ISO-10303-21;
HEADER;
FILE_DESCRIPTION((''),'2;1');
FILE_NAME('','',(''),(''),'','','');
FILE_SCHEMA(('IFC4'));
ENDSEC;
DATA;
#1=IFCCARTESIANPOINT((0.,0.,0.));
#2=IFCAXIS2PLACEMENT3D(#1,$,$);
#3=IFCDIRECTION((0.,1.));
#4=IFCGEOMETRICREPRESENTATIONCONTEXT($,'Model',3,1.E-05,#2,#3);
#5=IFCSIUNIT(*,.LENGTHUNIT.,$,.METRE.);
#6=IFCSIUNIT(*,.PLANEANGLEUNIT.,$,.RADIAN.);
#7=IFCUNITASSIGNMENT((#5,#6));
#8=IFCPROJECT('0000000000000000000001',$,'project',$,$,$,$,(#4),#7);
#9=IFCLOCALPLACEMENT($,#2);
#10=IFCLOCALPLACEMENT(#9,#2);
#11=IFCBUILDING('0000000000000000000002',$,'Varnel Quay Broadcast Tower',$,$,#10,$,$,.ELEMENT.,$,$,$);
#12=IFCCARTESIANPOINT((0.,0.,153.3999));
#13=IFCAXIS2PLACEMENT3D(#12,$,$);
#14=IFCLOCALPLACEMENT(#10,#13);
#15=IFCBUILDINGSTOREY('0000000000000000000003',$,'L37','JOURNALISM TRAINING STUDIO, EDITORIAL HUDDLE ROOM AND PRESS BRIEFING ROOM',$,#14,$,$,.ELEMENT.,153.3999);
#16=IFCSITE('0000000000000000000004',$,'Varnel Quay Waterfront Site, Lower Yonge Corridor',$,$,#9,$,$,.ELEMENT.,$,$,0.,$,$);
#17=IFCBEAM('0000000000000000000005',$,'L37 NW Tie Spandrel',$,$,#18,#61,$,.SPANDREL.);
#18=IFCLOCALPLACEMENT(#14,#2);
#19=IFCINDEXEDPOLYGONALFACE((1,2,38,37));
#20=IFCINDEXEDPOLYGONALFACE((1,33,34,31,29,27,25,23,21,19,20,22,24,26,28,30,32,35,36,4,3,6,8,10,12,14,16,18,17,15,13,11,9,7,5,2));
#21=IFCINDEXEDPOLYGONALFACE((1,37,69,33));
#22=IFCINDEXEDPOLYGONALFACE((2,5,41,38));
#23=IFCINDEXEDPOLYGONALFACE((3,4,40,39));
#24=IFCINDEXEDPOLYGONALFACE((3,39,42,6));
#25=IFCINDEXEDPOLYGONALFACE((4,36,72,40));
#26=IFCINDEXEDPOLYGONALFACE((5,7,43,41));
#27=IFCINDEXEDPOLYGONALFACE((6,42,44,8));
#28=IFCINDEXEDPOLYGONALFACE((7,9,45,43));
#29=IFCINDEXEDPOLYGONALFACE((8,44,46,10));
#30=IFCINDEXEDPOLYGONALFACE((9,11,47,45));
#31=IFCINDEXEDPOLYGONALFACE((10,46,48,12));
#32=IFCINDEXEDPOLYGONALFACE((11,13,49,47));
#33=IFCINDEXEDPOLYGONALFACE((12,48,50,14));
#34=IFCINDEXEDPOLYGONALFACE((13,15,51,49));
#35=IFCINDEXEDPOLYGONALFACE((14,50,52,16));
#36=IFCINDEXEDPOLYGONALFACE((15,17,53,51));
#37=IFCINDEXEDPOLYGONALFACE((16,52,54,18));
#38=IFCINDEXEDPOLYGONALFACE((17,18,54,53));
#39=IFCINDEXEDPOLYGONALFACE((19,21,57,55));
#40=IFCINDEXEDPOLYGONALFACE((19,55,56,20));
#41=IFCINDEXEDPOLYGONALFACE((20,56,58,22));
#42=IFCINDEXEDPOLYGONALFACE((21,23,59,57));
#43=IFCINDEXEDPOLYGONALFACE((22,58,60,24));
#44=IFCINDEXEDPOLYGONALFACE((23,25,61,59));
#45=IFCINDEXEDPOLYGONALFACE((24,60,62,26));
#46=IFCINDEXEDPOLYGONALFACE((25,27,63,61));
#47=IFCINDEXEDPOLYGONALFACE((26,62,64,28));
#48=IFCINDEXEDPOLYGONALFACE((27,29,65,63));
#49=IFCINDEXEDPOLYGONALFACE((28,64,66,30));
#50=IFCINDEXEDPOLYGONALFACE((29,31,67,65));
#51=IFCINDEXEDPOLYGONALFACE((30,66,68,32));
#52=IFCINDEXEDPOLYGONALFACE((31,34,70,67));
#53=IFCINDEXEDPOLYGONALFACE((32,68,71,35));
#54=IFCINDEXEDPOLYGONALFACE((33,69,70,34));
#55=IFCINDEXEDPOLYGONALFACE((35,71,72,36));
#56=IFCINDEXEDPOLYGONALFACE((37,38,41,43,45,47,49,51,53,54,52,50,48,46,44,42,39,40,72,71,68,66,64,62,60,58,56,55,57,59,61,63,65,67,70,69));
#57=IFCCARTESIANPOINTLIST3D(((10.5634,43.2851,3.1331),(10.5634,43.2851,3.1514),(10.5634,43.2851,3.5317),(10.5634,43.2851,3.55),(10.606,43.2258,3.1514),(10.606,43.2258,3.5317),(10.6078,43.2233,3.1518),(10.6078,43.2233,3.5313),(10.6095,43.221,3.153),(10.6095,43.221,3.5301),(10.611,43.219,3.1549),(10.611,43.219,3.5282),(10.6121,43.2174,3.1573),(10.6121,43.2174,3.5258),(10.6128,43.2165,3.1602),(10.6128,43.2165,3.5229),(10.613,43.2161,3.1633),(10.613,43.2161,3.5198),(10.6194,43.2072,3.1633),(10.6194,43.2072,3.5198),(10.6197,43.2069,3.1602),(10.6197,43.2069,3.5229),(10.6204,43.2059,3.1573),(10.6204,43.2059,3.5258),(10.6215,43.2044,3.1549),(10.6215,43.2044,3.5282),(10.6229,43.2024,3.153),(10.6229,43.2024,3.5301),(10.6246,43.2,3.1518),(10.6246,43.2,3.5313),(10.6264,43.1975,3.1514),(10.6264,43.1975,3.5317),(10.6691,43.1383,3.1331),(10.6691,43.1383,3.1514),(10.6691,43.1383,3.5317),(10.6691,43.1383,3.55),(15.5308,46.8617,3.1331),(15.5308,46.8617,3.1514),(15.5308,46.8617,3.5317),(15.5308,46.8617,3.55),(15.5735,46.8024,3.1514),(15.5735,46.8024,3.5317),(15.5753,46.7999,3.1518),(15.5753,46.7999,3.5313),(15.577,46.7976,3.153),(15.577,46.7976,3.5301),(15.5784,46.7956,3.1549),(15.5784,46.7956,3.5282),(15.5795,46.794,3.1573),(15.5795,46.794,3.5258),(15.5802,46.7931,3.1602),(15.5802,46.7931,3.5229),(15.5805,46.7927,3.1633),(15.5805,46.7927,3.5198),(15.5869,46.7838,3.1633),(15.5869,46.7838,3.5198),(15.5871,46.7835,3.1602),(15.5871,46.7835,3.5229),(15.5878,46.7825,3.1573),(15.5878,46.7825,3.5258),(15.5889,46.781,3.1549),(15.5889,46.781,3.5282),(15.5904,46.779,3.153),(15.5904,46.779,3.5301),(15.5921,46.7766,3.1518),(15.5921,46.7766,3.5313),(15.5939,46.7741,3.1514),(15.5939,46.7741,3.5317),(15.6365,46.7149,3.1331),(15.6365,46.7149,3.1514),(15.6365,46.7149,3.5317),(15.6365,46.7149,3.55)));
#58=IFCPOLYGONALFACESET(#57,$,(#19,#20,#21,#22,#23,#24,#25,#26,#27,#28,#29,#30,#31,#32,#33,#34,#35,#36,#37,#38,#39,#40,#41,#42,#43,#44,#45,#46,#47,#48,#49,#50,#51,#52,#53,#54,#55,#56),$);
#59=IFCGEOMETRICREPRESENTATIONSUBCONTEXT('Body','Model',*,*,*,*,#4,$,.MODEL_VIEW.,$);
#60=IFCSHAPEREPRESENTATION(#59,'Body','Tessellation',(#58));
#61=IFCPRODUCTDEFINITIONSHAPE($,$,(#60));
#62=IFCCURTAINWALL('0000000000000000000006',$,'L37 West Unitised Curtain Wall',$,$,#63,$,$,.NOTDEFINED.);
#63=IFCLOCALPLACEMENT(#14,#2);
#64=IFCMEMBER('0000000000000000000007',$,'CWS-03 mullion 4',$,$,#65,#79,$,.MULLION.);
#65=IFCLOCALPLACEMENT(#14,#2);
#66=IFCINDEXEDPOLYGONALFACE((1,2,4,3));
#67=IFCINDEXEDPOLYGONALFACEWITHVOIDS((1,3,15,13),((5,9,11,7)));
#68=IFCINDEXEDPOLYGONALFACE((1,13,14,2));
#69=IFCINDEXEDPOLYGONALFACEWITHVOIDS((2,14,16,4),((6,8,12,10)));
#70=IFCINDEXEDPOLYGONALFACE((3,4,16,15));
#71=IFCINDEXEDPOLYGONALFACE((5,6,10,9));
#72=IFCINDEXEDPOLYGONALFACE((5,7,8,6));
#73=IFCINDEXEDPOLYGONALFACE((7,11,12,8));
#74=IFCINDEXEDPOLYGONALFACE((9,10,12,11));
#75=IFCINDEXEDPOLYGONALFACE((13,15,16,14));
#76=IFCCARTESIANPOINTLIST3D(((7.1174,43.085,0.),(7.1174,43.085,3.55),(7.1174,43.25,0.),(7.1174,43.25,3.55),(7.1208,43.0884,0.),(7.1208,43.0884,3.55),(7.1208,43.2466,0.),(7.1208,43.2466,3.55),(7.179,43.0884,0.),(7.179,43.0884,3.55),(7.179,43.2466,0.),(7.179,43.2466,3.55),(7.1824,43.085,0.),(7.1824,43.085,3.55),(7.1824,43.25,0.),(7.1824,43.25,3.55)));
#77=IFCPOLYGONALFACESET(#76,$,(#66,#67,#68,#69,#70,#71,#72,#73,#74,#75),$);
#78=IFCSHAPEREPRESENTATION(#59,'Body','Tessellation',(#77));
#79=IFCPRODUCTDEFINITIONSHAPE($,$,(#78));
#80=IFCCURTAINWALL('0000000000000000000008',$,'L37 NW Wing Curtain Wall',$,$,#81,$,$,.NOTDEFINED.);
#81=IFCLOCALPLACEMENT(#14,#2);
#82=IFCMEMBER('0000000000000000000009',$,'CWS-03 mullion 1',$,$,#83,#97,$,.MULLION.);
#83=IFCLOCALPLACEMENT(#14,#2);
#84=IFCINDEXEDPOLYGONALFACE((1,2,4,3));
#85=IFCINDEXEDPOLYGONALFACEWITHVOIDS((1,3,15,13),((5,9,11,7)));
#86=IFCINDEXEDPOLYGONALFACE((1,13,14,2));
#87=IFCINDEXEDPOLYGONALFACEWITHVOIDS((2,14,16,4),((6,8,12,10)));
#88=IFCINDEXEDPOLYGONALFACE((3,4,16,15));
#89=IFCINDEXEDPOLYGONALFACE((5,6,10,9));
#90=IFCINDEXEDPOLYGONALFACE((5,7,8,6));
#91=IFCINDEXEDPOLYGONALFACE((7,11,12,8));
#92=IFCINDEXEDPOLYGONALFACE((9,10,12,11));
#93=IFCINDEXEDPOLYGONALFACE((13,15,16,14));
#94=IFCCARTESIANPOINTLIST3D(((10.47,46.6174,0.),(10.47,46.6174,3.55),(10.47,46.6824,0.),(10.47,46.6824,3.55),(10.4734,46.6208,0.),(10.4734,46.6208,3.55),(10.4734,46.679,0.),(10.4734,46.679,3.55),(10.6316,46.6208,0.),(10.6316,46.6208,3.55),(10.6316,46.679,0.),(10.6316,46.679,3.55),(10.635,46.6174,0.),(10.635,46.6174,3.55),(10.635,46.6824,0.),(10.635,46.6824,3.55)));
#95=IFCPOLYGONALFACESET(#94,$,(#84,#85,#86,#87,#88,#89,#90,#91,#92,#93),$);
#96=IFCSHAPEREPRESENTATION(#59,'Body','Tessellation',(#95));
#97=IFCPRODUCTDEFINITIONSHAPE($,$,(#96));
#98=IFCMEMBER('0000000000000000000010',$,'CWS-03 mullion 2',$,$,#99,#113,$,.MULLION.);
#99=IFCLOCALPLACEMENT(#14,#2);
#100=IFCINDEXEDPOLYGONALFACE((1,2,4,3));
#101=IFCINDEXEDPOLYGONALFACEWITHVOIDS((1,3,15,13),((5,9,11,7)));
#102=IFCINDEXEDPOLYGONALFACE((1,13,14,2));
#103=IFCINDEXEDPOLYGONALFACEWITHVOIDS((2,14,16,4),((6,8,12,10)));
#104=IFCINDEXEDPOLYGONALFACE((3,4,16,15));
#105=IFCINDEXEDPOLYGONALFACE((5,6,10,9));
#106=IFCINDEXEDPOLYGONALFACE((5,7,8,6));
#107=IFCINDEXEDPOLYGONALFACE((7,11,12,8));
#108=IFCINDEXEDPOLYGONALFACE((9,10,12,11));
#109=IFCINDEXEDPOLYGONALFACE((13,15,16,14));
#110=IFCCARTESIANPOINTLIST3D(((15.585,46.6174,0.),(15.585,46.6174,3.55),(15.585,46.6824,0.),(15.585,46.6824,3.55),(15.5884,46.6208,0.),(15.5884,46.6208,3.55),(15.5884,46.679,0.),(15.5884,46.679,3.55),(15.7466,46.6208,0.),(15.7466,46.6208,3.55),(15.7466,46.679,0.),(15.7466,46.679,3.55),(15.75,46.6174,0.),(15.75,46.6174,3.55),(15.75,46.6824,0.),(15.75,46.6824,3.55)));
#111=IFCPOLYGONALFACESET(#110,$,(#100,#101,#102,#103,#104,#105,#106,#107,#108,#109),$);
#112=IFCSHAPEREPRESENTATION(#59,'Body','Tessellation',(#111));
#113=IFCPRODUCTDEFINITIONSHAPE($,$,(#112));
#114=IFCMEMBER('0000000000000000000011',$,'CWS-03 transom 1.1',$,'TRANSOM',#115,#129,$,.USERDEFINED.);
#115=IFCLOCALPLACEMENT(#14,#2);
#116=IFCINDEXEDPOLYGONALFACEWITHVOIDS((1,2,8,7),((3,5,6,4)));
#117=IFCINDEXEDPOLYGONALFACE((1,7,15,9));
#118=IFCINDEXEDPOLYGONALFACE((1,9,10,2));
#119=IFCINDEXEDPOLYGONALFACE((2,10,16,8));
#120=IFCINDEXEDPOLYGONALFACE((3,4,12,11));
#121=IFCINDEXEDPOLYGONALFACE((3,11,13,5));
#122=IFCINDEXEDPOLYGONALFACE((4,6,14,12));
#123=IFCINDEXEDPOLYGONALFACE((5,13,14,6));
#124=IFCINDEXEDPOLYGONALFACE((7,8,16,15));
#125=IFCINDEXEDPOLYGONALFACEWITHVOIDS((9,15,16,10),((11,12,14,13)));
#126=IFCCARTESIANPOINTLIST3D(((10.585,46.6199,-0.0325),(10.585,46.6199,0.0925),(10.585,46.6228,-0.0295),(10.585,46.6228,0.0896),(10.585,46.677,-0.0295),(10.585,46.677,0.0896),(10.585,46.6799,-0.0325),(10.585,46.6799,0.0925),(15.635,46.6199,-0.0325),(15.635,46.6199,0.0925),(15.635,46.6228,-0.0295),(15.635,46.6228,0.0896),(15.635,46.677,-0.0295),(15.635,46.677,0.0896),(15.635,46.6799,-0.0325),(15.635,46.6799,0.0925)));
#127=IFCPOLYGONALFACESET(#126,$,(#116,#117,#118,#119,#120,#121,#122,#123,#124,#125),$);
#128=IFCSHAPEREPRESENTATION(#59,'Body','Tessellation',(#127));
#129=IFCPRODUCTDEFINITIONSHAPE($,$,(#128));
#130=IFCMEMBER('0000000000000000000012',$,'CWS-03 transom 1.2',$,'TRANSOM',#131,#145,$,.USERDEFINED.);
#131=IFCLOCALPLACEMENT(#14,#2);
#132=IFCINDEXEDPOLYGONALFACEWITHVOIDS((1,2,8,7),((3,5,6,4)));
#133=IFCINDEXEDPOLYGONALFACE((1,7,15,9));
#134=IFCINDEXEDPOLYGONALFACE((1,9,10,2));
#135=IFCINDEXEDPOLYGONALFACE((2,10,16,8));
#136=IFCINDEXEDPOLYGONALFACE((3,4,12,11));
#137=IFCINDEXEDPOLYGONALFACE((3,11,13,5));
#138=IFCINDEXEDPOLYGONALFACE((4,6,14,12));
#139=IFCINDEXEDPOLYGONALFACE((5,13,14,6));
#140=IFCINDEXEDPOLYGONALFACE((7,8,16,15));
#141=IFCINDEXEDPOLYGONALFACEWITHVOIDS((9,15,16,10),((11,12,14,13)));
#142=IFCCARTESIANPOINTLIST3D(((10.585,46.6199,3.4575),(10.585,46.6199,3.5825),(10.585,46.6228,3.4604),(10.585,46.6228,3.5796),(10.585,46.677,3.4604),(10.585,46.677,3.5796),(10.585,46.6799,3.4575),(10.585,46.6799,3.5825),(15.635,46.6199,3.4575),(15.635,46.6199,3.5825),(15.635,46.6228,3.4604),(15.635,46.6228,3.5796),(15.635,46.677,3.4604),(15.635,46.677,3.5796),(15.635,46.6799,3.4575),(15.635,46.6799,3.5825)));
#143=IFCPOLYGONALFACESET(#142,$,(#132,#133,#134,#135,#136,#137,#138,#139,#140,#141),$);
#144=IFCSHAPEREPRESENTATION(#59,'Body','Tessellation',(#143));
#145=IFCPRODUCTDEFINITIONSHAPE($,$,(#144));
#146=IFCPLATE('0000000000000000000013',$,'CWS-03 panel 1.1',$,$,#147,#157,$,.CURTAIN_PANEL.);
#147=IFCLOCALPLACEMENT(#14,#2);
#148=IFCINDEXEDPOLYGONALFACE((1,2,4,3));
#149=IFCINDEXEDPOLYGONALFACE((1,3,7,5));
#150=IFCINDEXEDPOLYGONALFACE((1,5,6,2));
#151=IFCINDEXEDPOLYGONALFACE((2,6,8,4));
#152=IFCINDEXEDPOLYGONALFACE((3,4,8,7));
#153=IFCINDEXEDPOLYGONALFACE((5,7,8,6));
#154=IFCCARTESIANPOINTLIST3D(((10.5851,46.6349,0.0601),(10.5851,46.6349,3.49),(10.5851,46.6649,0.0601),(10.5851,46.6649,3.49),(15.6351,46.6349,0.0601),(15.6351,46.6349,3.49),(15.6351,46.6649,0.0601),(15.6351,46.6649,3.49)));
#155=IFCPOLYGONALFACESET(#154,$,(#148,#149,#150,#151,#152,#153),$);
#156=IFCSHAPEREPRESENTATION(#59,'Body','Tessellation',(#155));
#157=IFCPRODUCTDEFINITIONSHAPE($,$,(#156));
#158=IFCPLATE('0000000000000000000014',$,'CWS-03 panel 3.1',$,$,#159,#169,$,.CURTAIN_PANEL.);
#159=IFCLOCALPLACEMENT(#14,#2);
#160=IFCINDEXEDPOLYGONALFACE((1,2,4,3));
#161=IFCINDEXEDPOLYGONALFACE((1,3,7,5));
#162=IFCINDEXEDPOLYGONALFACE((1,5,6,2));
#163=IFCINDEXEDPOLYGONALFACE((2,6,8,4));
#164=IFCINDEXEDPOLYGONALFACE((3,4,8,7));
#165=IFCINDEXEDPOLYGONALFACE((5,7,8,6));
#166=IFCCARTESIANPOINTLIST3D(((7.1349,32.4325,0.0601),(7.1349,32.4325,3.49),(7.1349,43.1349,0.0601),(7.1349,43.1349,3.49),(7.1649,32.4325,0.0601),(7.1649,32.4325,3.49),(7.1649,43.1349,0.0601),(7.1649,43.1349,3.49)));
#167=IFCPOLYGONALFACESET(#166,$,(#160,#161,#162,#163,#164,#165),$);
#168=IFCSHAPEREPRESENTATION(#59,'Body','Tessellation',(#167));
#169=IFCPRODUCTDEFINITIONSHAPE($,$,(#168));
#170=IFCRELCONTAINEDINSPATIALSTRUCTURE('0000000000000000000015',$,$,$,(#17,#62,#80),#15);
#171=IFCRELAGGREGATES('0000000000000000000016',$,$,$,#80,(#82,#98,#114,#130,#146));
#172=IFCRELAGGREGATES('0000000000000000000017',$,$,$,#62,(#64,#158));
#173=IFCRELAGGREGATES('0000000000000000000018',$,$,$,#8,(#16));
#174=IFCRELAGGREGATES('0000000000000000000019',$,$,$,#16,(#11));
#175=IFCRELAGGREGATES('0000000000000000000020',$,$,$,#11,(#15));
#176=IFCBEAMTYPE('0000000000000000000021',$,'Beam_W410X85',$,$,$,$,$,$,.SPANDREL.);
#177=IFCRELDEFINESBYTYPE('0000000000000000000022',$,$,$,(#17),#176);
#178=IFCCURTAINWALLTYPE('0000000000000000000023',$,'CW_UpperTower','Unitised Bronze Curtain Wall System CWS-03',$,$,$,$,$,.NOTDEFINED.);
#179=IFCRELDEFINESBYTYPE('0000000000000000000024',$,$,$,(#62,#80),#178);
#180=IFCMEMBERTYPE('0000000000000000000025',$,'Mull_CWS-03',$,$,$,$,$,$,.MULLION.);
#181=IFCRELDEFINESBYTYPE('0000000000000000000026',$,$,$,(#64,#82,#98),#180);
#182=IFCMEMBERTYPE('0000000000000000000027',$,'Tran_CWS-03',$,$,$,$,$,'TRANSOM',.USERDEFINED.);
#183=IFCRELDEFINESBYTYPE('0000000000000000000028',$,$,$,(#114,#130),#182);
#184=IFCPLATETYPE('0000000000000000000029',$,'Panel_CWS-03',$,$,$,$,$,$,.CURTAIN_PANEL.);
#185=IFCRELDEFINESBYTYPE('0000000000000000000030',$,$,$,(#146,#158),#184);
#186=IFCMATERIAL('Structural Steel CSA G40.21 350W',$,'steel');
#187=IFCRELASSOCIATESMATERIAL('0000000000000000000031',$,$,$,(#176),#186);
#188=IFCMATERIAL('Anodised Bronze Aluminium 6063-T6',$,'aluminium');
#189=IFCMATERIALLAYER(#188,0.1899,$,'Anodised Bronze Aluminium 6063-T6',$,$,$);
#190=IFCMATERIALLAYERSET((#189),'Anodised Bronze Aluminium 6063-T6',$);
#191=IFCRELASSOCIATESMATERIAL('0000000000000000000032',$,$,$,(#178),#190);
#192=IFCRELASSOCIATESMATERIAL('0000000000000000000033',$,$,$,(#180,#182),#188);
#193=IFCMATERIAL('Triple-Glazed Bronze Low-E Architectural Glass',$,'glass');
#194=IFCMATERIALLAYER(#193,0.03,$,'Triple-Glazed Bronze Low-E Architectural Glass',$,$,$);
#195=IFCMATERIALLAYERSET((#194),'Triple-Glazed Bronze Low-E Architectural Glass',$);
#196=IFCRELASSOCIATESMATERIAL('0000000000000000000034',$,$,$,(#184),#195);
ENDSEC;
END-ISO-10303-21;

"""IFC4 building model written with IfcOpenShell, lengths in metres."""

from ifc_helpers import new_model, si_unit, direction, frame, origin, origin_2d, place, context, subcontext, project, spatial, rectangle, hollow_rectangle, i_section, extrude, source, transform, mapped, material, layer, layer_set, material_profile, profile_set, type_object, type_shapes, element, aggregate, save


model = new_model("IFC4")

# Units and contexts
model_context = context("Model", 3, precision=1e-05, world=origin(), true_north=direction((0.0, 1.0)))
body_context = subcontext(model_context, "Body", "Model", "MODEL_VIEW")
ifc_project = project(units=[si_unit("LENGTHUNIT", "METRE"), si_unit("PLANEANGLEUNIT", "RADIAN")], contexts=[model_context])

# Site, building, storey
site_placement = place(None, origin())
site = spatial("IfcSite", under=ifc_project, at=site_placement, Name="Varnel Quay Waterfront Site, Lower Yonge Corridor", CompositionType="ELEMENT", RefElevation=0.0)
building_placement = place(site_placement, origin())
building = spatial("IfcBuilding", under=site, at=building_placement, Name="Varnel Quay Broadcast Tower", CompositionType="ELEMENT")
storey_placement = place(building_placement, frame((0.0, 0.0, 153.3999)))
storey = spatial("IfcBuildingStorey", under=building, at=storey_placement, Name="L37", Description="JOURNALISM TRAINING STUDIO, EDITORIAL HUDDLE ROOM AND PRESS BRIEFING ROOM", CompositionType="ELEMENT", Elevation=153.3999)

# Beam
ifc_material_1 = material(Name="Structural Steel CSA G40.21 350W", Category="steel")
ifc_material_profile_1 = material_profile(ifc_material_1, i_section(OverallWidth=0.1809, OverallDepth=0.417, WebThickness=0.011, FlangeThickness=0.0183, FilletRadius=0.012, at=origin_2d()), Name="W410X85")
ifc_profile_set_1 = profile_set([ifc_material_profile_1], Name="Structural Steel CSA G40.21 350W")
beam_type = type_object("IfcBeamType", Name="Beam_W410X85", PredefinedType="SPANDREL", material=ifc_profile_set_1)
shared_shape_1 = source(origin(), body_context, "Body", "SweptSolid", [
    extrude(i_section(OverallWidth=0.1809, OverallDepth=0.417, WebThickness=0.011, FlangeThickness=0.0183, FilletRadius=0.012, at=origin_2d()), origin(), (0.0, 0.0, 1.0), 6.1211),
])
beam_1_placement = place(storey_placement, frame((10.6162, 43.2117, 3.3416), z_axis=(0.811531, 0.584309, 0.0), x_axis=(-0.584309, 0.811531, 0.0)))
element("IfcBeam", 1, at=beam_1_placement, inside=storey, type_object=beam_type, Name="L37 NW Tie Spandrel", PredefinedType="SPANDREL", context=body_context, shape_type="MappedRepresentation", body=[
    mapped(shared_shape_1, transform((0.0, 0.0, 0.0), x_axis=(1.0, 0.0, 0.0), y_axis=(0.0, 1.0, 0.0), z_axis=(0.0, 0.0, 1.0), scale=1.0)),
])

# Curtain wall, member
ifc_material_2 = material(Name="Anodised Bronze Aluminium 6063-T6", Category="aluminium")
ifc_layer_1 = layer(ifc_material_2, 0.1899, Name="Anodised Bronze Aluminium 6063-T6")
ifc_layer_set_1 = layer_set([ifc_layer_1], Name="Anodised Bronze Aluminium 6063-T6")
curtain_wall_type = type_object("IfcCurtainWallType", Name="CW_UpperTower", Description="Unitised Bronze Curtain Wall System CWS-03", PredefinedType="NOTDEFINED", material=ifc_layer_set_1)
curtain_wall_1_placement = place(storey_placement, origin())
curtain_wall_1 = element("IfcCurtainWall", 2, at=curtain_wall_1_placement, inside=storey, type_object=curtain_wall_type, Name="L37 West Unitised Curtain Wall", PredefinedType="NOTDEFINED")
ifc_material_profile_2 = material_profile(ifc_material_2, hollow_rectangle(XDim=0.0649, YDim=0.165, WallThickness=0.0034, at=origin_2d()), Name="ALU65X165X3.5")
ifc_profile_set_2 = profile_set([ifc_material_profile_2], Name="Anodised Bronze Aluminium 6063-T6")
member_type_1 = type_object("IfcMemberType", Name="Mull_CWS-03", PredefinedType="MULLION", material=ifc_profile_set_2)
shared_shape_2 = source(origin(), body_context, "Body", "SweptSolid", [
    extrude(hollow_rectangle(XDim=0.0649, YDim=0.165, WallThickness=0.0034, at=origin_2d()), origin(), (0.0, 0.0, 1.0), 3.55),
])
type_shapes(member_type_1, [shared_shape_2])
member_1_placement = place(storey_placement, frame((7.1499, 43.1675, 0.0), z_axis=(0.0, 0.0, 1.0), x_axis=(-1.0, 0.0, 0.0)))
member_1 = element("IfcMember", 3, at=member_1_placement, type_object=member_type_1, Name="CWS-03 mullion 4", PredefinedType="MULLION", context=body_context, shape_type="MappedRepresentation", body=[
    mapped(shared_shape_2, transform((0.0, 0.0, 0.0), x_axis=(1.0, 0.0, 0.0), y_axis=(0.0, 1.0, 0.0), z_axis=(0.0, 0.0, 1.0), scale=1.0)),
])

# Curtain wall, members, plate
curtain_wall_2_placement = place(storey_placement, origin())
curtain_wall_2 = element("IfcCurtainWall", 4, at=curtain_wall_2_placement, inside=storey, type_object=curtain_wall_type, Name="L37 NW Wing Curtain Wall", PredefinedType="NOTDEFINED")
member_2_placement = place(storey_placement, frame((10.5525, 46.6499, 0.0), z_axis=(0.0, 0.0, 1.0), x_axis=(0.0, 1.0, 0.0)))
member_2 = element("IfcMember", 5, at=member_2_placement, type_object=member_type_1, Name="CWS-03 mullion 1", PredefinedType="MULLION", context=body_context, shape_type="MappedRepresentation", body=[
    mapped(shared_shape_2, transform((0.0, 0.0, 0.0), x_axis=(1.0, 0.0, 0.0), y_axis=(0.0, 1.0, 0.0), z_axis=(0.0, 0.0, 1.0), scale=1.0)),
])
member_3_placement = place(storey_placement, frame((15.6675, 46.6499, 0.0), z_axis=(0.0, 0.0, 1.0), x_axis=(0.0, 1.0, 0.0)))
member_3 = element("IfcMember", 6, at=member_3_placement, type_object=member_type_1, Name="CWS-03 mullion 2", PredefinedType="MULLION", context=body_context, shape_type="MappedRepresentation", body=[
    mapped(shared_shape_2, transform((0.0, 0.0, 0.0), x_axis=(1.0, 0.0, 0.0), y_axis=(0.0, 1.0, 0.0), z_axis=(0.0, 0.0, 1.0), scale=1.0)),
])
ifc_material_profile_3 = material_profile(ifc_material_2, hollow_rectangle(XDim=0.0601, YDim=0.125, WallThickness=0.0029, at=origin_2d()), Name="ALU60X125X3")
ifc_profile_set_3 = profile_set([ifc_material_profile_3], Name="Anodised Bronze Aluminium 6063-T6")
member_type_2 = type_object("IfcMemberType", Name="Tran_CWS-03", ElementType="TRANSOM", PredefinedType="USERDEFINED", material=ifc_profile_set_3)
shared_shape_3 = source(origin(), body_context, "Body", "SweptSolid", [
    extrude(hollow_rectangle(XDim=0.0601, YDim=0.125, WallThickness=0.0029, at=origin_2d()), origin(), (0.0, 0.0, 1.0), 5.05),
])
type_shapes(member_type_2, [shared_shape_3])
member_4_placement = place(storey_placement, frame((10.585, 46.6499, 0.03), z_axis=(1.0, 0.0, 0.0), x_axis=(0.0, 1.0, 0.0)))
member_4 = element("IfcMember", 7, at=member_4_placement, type_object=member_type_2, Name="CWS-03 transom 1.1", ObjectType="TRANSOM", PredefinedType="USERDEFINED", context=body_context, shape_type="MappedRepresentation", body=[
    mapped(shared_shape_3, transform((0.0, 0.0, 0.0), x_axis=(1.0, 0.0, 0.0), y_axis=(0.0, 1.0, 0.0), z_axis=(0.0, 0.0, 1.0), scale=1.0)),
])
member_5_placement = place(storey_placement, frame((10.585, 46.6499, 3.52), z_axis=(1.0, 0.0, 0.0), x_axis=(0.0, 1.0, 0.0)))
member_5 = element("IfcMember", 8, at=member_5_placement, type_object=member_type_2, Name="CWS-03 transom 1.2", ObjectType="TRANSOM", PredefinedType="USERDEFINED", context=body_context, shape_type="MappedRepresentation", body=[
    mapped(shared_shape_3, transform((0.0, 0.0, 0.0), x_axis=(1.0, 0.0, 0.0), y_axis=(0.0, 1.0, 0.0), z_axis=(0.0, 0.0, 1.0), scale=1.0)),
])
ifc_material_3 = material(Name="Triple-Glazed Bronze Low-E Architectural Glass", Category="glass")
ifc_layer_2 = layer(ifc_material_3, 0.03, Name="Triple-Glazed Bronze Low-E Architectural Glass")
ifc_layer_set_2 = layer_set([ifc_layer_2], Name="Triple-Glazed Bronze Low-E Architectural Glass")
plate_type = type_object("IfcPlateType", Name="Panel_CWS-03", PredefinedType="CURTAIN_PANEL", material=ifc_layer_set_2)
shared_shape_4 = source(origin(), body_context, "Body", "SweptSolid", [
    extrude(rectangle(XDim=5.05, YDim=0.03, at=origin_2d()), origin(), (0.0, 0.0, 1.0), 3.4299),
])
plate_1_placement = place(storey_placement, frame((13.1101, 46.6499, 0.0601), z_axis=(0.0, 0.0, 1.0), x_axis=(1.0, 0.0, 0.0)))
plate_1 = element("IfcPlate", 9, at=plate_1_placement, type_object=plate_type, Name="CWS-03 panel 1.1", PredefinedType="CURTAIN_PANEL", context=body_context, shape_type="MappedRepresentation", body=[
    mapped(shared_shape_4, transform((0.0, 0.0, 0.0), x_axis=(1.0, 0.0, 0.0), y_axis=(0.0, 1.0, 0.0), z_axis=(0.0, 0.0, 1.0), scale=1.0)),
])
aggregate(curtain_wall_2, [member_2, member_3, member_4, member_5, plate_1])

# Plate
shared_shape_5 = source(origin(), body_context, "Body", "SweptSolid", [
    extrude(rectangle(XDim=10.7024, YDim=0.03, at=origin_2d()), origin(), (0.0, 0.0, 1.0), 3.4299),
])
type_shapes(plate_type, [shared_shape_4, shared_shape_5])
plate_2_placement = place(storey_placement, frame((7.1499, 37.7837, 0.0601), z_axis=(0.0, 0.0, 1.0), x_axis=(0.0, 1.0, 0.0)))
plate_2 = element("IfcPlate", 10, at=plate_2_placement, type_object=plate_type, Name="CWS-03 panel 3.1", PredefinedType="CURTAIN_PANEL", context=body_context, shape_type="MappedRepresentation", body=[
    mapped(shared_shape_5, transform((0.0, 0.0, 0.0), x_axis=(1.0, 0.0, 0.0), y_axis=(0.0, 1.0, 0.0), z_axis=(0.0, 0.0, 1.0), scale=1.0)),
])
aggregate(curtain_wall_1, [member_1, plate_2])

save(model, "model.ifc")
